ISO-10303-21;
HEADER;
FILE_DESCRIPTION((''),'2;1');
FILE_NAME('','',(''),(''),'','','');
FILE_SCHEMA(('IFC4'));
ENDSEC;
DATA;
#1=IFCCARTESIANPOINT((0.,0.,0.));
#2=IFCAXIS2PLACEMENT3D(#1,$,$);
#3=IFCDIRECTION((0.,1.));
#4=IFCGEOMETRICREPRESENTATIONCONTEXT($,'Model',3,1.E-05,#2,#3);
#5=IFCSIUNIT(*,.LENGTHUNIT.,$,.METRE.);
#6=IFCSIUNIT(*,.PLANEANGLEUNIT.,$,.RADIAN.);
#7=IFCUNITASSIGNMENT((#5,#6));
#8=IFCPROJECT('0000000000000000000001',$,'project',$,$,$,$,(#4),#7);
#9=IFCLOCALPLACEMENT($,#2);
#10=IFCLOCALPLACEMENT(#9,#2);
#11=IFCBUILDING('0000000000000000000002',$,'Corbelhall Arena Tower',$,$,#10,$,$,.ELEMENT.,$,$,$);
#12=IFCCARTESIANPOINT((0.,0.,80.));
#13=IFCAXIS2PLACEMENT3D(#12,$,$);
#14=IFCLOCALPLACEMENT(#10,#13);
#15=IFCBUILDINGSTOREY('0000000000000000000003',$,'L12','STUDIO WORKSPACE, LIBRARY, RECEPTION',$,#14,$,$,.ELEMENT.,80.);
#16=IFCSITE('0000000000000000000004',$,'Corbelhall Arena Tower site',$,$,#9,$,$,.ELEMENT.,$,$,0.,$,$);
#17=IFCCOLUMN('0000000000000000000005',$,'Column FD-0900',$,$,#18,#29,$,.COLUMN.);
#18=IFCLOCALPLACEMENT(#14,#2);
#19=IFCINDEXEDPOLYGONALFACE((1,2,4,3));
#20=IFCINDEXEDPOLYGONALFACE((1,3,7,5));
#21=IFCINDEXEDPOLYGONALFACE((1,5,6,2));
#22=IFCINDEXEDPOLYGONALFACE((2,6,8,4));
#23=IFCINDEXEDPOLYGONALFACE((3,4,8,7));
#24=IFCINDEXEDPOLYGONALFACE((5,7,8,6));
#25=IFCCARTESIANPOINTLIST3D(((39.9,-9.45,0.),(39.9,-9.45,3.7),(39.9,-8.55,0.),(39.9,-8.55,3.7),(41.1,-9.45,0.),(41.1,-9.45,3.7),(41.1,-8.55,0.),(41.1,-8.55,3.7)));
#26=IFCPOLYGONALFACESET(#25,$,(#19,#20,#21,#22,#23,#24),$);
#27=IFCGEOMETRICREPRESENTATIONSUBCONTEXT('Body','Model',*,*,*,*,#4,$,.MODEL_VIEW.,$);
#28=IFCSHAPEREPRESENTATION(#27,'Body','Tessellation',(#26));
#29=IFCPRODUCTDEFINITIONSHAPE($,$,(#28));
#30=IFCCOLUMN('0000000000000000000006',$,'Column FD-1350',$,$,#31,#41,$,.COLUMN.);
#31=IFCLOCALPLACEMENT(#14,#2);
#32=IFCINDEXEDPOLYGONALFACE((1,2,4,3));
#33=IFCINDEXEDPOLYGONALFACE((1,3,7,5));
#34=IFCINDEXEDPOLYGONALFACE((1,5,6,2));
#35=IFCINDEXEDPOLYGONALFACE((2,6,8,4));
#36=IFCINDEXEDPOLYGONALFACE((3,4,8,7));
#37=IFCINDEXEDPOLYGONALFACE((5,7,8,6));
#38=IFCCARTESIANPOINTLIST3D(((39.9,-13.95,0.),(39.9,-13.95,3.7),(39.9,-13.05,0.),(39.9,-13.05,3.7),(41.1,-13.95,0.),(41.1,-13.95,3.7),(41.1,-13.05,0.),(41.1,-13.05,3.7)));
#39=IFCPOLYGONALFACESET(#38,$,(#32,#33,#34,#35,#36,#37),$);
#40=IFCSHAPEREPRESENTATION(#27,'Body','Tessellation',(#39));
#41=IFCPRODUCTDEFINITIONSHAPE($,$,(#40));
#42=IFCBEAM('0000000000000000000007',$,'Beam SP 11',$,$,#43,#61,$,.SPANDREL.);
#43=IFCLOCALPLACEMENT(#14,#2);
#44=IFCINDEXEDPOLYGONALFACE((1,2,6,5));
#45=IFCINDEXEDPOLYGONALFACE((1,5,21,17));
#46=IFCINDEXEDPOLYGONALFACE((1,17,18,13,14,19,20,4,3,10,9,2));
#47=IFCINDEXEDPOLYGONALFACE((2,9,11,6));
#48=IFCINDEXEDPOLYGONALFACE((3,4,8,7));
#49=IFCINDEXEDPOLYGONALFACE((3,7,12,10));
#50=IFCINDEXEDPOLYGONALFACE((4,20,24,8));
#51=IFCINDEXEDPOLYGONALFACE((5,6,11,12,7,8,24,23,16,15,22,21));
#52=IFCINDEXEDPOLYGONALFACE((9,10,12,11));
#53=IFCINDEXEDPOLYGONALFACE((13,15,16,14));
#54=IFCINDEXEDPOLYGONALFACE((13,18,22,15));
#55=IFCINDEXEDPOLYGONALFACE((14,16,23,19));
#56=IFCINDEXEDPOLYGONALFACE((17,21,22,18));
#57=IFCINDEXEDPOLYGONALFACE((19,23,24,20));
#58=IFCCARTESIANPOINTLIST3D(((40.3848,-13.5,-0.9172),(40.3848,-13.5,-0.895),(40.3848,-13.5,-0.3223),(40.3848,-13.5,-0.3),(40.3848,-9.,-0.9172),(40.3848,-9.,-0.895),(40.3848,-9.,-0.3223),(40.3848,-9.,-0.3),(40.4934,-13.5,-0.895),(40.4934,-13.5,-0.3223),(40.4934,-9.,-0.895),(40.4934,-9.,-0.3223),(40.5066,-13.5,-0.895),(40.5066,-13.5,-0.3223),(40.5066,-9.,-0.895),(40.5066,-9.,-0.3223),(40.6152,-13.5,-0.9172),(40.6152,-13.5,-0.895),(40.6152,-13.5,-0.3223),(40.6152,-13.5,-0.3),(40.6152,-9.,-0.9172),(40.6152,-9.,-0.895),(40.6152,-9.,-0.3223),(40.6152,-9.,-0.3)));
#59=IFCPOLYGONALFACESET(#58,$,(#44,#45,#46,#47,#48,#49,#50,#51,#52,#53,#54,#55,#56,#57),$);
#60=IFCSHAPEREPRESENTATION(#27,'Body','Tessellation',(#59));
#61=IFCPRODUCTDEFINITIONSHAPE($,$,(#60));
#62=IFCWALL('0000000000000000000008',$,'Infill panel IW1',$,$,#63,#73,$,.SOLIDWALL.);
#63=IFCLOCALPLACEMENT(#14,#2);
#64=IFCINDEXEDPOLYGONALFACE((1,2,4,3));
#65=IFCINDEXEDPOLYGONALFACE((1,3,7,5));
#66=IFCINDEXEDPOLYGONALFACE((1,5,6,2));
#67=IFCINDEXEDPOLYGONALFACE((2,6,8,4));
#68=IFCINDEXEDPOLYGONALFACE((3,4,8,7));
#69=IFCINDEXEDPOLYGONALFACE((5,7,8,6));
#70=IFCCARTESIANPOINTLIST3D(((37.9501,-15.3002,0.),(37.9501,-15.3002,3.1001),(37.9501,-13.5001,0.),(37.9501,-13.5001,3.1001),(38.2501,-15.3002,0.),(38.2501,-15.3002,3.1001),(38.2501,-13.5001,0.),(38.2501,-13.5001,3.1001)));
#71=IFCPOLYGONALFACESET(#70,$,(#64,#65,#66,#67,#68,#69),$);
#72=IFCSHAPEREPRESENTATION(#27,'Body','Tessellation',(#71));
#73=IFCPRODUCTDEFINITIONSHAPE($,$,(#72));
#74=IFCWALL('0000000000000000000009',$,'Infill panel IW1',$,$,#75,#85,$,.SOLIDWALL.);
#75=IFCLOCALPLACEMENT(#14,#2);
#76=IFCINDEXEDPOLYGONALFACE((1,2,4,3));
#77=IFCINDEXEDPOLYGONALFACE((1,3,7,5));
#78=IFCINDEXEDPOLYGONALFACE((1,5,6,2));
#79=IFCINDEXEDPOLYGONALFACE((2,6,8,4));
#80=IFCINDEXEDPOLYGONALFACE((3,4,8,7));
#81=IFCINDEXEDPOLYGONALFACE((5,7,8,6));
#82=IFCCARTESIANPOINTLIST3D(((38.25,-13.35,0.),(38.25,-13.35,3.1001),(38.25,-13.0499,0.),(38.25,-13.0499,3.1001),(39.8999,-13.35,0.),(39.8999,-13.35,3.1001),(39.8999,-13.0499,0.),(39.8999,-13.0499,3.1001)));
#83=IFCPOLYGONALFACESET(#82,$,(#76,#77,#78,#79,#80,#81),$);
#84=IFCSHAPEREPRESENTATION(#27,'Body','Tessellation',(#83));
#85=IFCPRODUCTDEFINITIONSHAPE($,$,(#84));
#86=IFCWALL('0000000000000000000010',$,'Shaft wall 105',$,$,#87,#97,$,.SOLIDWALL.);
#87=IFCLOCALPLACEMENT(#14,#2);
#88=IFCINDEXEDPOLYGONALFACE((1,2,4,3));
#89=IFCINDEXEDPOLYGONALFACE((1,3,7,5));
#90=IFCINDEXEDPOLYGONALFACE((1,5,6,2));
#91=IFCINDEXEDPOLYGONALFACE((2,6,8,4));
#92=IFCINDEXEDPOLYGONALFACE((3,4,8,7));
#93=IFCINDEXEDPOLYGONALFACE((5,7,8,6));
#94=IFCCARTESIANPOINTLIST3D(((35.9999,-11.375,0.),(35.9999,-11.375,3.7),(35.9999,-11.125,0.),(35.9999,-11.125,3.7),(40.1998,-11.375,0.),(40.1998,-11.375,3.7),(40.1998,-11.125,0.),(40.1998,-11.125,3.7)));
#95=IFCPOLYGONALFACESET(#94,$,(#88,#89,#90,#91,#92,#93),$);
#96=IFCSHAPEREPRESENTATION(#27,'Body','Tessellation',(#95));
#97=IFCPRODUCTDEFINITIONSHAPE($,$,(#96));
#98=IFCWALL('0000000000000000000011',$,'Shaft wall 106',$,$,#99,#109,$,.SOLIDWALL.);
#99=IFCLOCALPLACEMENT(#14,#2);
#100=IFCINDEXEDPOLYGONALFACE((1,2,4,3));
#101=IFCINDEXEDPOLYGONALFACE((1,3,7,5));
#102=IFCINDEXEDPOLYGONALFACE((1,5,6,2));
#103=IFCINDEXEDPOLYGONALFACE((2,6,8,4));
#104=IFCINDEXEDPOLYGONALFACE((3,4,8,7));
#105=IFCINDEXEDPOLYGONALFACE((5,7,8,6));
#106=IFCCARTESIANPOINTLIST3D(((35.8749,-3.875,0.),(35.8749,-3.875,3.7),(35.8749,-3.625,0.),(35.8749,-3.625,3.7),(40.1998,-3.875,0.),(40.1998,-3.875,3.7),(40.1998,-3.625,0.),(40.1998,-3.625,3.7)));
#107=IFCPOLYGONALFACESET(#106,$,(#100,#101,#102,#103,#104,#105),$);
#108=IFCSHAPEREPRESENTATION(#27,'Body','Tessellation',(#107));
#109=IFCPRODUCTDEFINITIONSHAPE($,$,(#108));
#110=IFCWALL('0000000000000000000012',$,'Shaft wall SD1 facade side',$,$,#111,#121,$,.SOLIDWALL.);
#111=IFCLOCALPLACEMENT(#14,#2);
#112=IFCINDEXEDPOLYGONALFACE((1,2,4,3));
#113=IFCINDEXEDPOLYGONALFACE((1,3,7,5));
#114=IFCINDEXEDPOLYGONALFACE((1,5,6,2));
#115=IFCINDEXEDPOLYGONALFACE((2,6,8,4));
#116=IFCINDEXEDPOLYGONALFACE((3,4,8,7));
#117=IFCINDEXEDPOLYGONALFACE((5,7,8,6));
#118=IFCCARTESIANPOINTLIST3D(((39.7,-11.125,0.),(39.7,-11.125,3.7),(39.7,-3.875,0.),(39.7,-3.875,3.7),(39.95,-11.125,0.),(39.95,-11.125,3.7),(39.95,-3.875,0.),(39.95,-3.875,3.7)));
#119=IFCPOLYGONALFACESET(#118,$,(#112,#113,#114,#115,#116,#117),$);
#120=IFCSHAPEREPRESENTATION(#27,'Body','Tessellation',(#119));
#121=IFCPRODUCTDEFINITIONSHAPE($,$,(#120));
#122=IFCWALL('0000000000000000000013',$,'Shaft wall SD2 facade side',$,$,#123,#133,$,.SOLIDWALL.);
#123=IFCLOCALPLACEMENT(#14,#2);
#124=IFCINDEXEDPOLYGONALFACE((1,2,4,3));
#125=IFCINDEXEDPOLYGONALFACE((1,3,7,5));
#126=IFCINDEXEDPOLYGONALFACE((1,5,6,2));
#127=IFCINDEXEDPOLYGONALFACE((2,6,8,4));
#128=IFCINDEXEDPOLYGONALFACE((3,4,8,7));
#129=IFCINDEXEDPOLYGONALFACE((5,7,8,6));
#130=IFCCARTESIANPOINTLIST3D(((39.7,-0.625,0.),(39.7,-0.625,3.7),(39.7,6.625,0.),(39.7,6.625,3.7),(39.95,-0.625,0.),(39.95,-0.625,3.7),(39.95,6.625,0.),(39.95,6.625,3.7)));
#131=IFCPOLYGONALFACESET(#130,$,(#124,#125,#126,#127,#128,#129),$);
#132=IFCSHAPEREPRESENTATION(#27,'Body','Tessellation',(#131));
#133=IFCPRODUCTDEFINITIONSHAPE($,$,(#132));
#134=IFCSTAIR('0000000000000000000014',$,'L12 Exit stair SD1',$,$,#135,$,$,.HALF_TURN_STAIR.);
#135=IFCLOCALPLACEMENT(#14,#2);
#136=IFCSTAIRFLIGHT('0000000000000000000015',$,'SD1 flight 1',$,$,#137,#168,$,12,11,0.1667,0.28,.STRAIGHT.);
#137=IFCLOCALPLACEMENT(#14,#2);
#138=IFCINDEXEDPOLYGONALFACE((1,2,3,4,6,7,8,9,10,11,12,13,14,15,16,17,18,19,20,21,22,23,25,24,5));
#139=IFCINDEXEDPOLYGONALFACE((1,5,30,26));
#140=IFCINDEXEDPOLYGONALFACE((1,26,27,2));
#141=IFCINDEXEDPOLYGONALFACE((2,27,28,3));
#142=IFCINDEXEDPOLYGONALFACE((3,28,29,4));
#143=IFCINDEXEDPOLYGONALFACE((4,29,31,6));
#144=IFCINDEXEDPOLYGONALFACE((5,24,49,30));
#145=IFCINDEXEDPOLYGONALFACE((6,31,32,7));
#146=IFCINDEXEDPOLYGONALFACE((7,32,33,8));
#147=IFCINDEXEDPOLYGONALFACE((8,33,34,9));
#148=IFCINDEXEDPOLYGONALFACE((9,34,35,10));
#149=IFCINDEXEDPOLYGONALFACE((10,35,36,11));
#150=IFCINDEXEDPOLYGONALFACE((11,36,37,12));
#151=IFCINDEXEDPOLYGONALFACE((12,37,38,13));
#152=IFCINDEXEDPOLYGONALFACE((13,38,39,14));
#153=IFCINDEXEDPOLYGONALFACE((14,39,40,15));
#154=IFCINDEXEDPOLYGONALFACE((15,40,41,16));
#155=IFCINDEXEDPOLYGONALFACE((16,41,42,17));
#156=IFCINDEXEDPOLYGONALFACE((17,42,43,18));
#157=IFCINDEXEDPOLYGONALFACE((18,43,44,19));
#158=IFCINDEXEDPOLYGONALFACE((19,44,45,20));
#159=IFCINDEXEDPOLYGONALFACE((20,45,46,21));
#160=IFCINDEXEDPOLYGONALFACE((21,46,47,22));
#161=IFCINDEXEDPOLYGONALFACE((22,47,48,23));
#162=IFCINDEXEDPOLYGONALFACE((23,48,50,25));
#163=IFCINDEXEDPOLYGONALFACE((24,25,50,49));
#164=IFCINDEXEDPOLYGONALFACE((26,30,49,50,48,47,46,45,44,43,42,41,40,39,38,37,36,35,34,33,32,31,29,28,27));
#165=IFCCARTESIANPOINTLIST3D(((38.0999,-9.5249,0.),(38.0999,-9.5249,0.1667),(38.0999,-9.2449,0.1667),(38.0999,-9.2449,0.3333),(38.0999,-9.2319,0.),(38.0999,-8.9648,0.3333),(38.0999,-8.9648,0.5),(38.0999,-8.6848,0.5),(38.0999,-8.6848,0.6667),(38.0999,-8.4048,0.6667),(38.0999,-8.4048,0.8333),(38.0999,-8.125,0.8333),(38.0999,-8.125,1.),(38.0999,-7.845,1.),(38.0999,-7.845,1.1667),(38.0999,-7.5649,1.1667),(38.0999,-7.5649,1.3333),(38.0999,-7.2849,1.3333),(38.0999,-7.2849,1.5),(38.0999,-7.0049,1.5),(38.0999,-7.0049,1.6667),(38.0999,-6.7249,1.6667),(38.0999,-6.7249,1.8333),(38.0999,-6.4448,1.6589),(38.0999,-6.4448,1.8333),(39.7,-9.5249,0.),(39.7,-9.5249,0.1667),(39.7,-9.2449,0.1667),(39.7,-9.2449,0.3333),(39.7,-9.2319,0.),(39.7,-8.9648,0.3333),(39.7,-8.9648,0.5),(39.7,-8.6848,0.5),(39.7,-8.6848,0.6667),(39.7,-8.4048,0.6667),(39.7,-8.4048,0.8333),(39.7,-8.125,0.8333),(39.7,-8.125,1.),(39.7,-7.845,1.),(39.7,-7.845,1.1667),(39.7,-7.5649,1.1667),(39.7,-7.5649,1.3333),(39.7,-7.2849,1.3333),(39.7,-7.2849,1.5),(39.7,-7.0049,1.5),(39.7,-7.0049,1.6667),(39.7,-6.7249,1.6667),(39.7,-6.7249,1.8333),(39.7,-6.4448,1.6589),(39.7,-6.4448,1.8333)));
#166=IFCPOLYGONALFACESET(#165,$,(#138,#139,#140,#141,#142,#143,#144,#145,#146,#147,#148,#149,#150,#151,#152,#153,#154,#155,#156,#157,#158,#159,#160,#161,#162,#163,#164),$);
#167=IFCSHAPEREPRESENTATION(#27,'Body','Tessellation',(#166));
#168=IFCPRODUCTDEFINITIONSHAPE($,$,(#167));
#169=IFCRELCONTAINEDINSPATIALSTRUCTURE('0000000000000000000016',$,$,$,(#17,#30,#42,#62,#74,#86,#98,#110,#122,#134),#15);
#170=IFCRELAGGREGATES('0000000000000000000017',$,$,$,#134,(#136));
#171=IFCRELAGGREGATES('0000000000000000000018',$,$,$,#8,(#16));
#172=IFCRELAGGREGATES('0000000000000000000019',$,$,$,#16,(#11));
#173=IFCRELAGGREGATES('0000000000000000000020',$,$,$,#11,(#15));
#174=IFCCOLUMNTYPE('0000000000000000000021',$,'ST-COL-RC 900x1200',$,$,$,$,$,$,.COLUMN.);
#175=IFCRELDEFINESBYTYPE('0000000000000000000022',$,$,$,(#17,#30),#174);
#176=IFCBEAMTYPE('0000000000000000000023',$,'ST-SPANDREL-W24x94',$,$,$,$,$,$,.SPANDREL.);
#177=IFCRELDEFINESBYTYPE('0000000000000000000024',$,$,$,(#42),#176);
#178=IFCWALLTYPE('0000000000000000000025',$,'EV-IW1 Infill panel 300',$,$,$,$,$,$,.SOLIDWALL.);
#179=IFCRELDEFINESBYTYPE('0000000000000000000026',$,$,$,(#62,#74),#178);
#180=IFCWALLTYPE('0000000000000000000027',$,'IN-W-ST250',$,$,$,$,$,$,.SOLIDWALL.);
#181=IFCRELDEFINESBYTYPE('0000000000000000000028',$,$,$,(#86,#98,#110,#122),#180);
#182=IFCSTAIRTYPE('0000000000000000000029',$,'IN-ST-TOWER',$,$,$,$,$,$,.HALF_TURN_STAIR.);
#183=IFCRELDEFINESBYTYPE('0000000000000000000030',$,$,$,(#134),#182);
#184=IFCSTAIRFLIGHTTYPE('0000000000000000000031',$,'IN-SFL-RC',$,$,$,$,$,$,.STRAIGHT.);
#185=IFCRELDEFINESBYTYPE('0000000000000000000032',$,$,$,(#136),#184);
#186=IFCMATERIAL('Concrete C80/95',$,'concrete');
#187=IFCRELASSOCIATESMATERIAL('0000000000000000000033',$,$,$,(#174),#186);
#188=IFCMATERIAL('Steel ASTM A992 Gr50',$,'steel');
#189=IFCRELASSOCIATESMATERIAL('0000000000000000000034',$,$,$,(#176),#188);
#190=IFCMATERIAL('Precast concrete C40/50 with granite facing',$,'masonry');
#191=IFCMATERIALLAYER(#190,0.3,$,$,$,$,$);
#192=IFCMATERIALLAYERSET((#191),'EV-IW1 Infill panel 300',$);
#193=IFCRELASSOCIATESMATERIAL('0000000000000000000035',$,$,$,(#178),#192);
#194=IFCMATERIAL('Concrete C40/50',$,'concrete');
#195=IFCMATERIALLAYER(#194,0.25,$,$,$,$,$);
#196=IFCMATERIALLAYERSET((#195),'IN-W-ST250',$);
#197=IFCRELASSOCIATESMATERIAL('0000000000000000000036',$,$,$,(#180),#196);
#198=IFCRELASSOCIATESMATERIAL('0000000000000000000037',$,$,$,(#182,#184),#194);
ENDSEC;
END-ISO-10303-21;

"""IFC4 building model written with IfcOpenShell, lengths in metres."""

from ifc_helpers import new_model, si_unit, direction, frame, frame_2d, origin, origin_2d, place, context, subcontext, project, spatial, polyline, rectangle, i_section, outline, extrude, material, layer, layer_set, material_profile, profile_set, type_object, element, aggregate, save


model = new_model("IFC4")

# Units and contexts
model_context = context("Model", 3, precision=1e-05, world=origin(), true_north=direction((0.0, 1.0)))
body_context = subcontext(model_context, "Body", "Model", "MODEL_VIEW")
ifc_project = project(units=[si_unit("LENGTHUNIT", "METRE"), si_unit("PLANEANGLEUNIT", "RADIAN")], contexts=[model_context])

# Site, building, storey
site_placement = place(None, origin())
site = spatial("IfcSite", under=ifc_project, at=site_placement, Name="Corbelhall Arena Tower site", CompositionType="ELEMENT", RefElevation=0.0)
building_placement = place(site_placement, origin())
building = spatial("IfcBuilding", under=site, at=building_placement, Name="Corbelhall Arena Tower", CompositionType="ELEMENT")
storey_placement = place(building_placement, frame((0.0, 0.0, 80.0)))
storey = spatial("IfcBuildingStorey", under=building, at=storey_placement, Name="L12", Description="STUDIO WORKSPACE, LIBRARY, RECEPTION", CompositionType="ELEMENT", Elevation=80.0)

# Columns
ifc_material_1 = material(Name="Concrete C80/95", Category="concrete")
ifc_material_profile_1 = material_profile(ifc_material_1, rectangle(XDim=0.8999, YDim=1.2, at=origin_2d()))
ifc_profile_set_1 = profile_set([ifc_material_profile_1], Name="Concrete C80/95")
column_type = type_object("IfcColumnType", Name="ST-COL-RC 900x1200", PredefinedType="COLUMN", material=ifc_profile_set_1)
for number, where, z_axis, x_axis, name in (
    (1, (40.5, -9.0, 0.0), (0.0, 0.0, 1.0), (0.0, 1.0, 0.0), "Column FD-0900"),
    (2, (40.5, -13.5, 0.0), (0.0, 0.0, 1.0), (0.0, 1.0, 0.0), "Column FD-1350"),
):
    element("IfcColumn", number, at=place(storey_placement, frame(where, z_axis=z_axis, x_axis=x_axis)), inside=storey, type_object=column_type, Name=name, PredefinedType="COLUMN", context=body_context, shape_type="SweptSolid", body=[
        extrude(rectangle(XDim=0.8999, YDim=1.2, at=origin_2d()), origin(), (0.0, 0.0, 1.0), 3.7),
    ])

# Beam
ifc_material_2 = material(Name="Steel ASTM A992 Gr50", Category="steel")
ifc_material_profile_2 = material_profile(ifc_material_2, i_section(OverallWidth=0.2305, OverallDepth=0.6172, WebThickness=0.0132, FlangeThickness=0.0222, at=origin_2d()))
ifc_profile_set_2 = profile_set([ifc_material_profile_2], Name="Steel ASTM A992 Gr50")
beam_type = type_object("IfcBeamType", Name="ST-SPANDREL-W24x94", PredefinedType="SPANDREL", material=ifc_profile_set_2)
beam_placement = place(storey_placement, frame((40.5, -9.0, -0.6086), z_axis=(0.0, -1.0, 0.0), x_axis=(1.0, 0.0, 0.0)))
element("IfcBeam", 3, at=beam_placement, inside=storey, type_object=beam_type, Name="Beam SP 11", PredefinedType="SPANDREL", context=body_context, shape_type="SweptSolid", body=[
    extrude(i_section(OverallWidth=0.2305, OverallDepth=0.6172, WebThickness=0.0132, FlangeThickness=0.0222, at=origin_2d()), origin(), (0.0, 0.0, 1.0), 4.5),
])

# Walls
ifc_material_3 = material(Name="Precast concrete C40/50 with granite facing", Category="masonry")
ifc_layer_1 = layer(ifc_material_3, 0.3)
ifc_layer_set_1 = layer_set([ifc_layer_1], Name="EV-IW1 Infill panel 300")
wall_type_1 = type_object("IfcWallType", Name="EV-IW1 Infill panel 300", PredefinedType="SOLIDWALL", material=ifc_layer_set_1)
wall_1_placement = place(storey_placement, frame((38.1001, -15.3, 0.0), z_axis=(0.0, 0.0, 1.0), x_axis=(0.0, 1.0, 0.0)))
element("IfcWall", 4, at=wall_1_placement, inside=storey, type_object=wall_type_1, Name="Infill panel IW1", PredefinedType="SOLIDWALL", context=body_context, shape_type="SweptSolid", body=[
    extrude(rectangle(XDim=1.8, YDim=0.3, at=frame_2d((0.8999, 0.0))), origin(), (0.0, 0.0, 1.0), 3.1001),
])
wall_2_placement = place(storey_placement, frame((39.8999, -13.2, 0.0), z_axis=(0.0, 0.0, 1.0), x_axis=(-1.0, 0.0, 0.0)))
element("IfcWall", 5, at=wall_2_placement, inside=storey, type_object=wall_type_1, Name="Infill panel IW1", PredefinedType="SOLIDWALL", context=body_context, shape_type="SweptSolid", body=[
    extrude(rectangle(XDim=1.6499, YDim=0.3, at=frame_2d((0.825, 0.0))), origin(), (0.0, 0.0, 1.0), 3.1001),
])

# Walls
ifc_material_4 = material(Name="Concrete C40/50", Category="concrete")
ifc_layer_2 = layer(ifc_material_4, 0.25)
ifc_layer_set_2 = layer_set([ifc_layer_2], Name="IN-W-ST250")
wall_type_2 = type_object("IfcWallType", Name="IN-W-ST250", PredefinedType="SOLIDWALL", material=ifc_layer_set_2)
wall_3_placement = place(storey_placement, frame((40.2, -11.25, 0.0), z_axis=(0.0, 0.0, 1.0), x_axis=(-1.0, 0.0, 0.0)))
element("IfcWall", 6, at=wall_3_placement, inside=storey, type_object=wall_type_2, Name="Shaft wall 105", PredefinedType="SOLIDWALL", context=body_context, shape_type="SweptSolid", body=[
    extrude(rectangle(XDim=4.2, YDim=0.25, at=frame_2d((2.1001, 0.0))), origin(), (0.0, 0.0, 1.0), 3.7),
])
wall_4_placement = place(storey_placement, frame((40.2, -3.75, 0.0), z_axis=(0.0, 0.0, 1.0), x_axis=(-1.0, 0.0, 0.0)))
element("IfcWall", 7, at=wall_4_placement, inside=storey, type_object=wall_type_2, Name="Shaft wall 106", PredefinedType="SOLIDWALL", context=body_context, shape_type="SweptSolid", body=[
    extrude(rectangle(XDim=4.325, YDim=0.25, at=frame_2d((2.1626, 0.0))), origin(), (0.0, 0.0, 1.0), 3.7),
])
for number, where, z_axis, x_axis, name in (
    (8, (39.825, -11.125, 0.0), (0.0, 0.0, 1.0), (0.0, 1.0, 0.0), "Shaft wall SD1 facade side"),
    (9, (39.825, -0.625, 0.0), (0.0, 0.0, 1.0), (0.0, 1.0, 0.0), "Shaft wall SD2 facade side"),
):
    element("IfcWall", number, at=place(storey_placement, frame(where, z_axis=z_axis, x_axis=x_axis)), inside=storey, type_object=wall_type_2, Name=name, PredefinedType="SOLIDWALL", context=body_context, shape_type="SweptSolid", body=[
        extrude(rectangle(XDim=7.25, YDim=0.25, at=frame_2d((3.625, 0.0))), origin(), (0.0, 0.0, 1.0), 3.7),
    ])

# Stair, stair flight
stair_type = type_object("IfcStairType", Name="IN-ST-TOWER", PredefinedType="HALF_TURN_STAIR", material=ifc_material_4)
stair_placement = place(storey_placement, origin())
stair = element("IfcStair", 10, at=stair_placement, inside=storey, type_object=stair_type, Name="L12 Exit stair SD1", PredefinedType="HALF_TURN_STAIR")
stair_flight_type = type_object("IfcStairFlightType", Name="IN-SFL-RC", PredefinedType="STRAIGHT", material=ifc_material_4)
stair_flight_placement = place(storey_placement, frame((38.8999, -9.5249, 0.0), z_axis=(0.0, 0.0, 1.0), x_axis=(0.0, 1.0, 0.0)))
stair_flight = element("IfcStairFlight", 11, at=stair_flight_placement, type_object=stair_flight_type, Name="SD1 flight 1", NumberOfRisers=12, NumberOfTreads=11, PredefinedType="STRAIGHT", RiserHeight=0.1667, TreadLength=0.28, context=body_context, shape_type="SweptSolid", body=[
    extrude(outline(polyline([(0.0, 0.0), (0.0, 0.1667), (0.28, 0.1667), (0.28, 0.3333), (0.5601, 0.3333), (0.5601, 0.5), (0.8401, 0.5), (0.8401, 0.6667), (1.1201, 0.6667), (1.1201, 0.8333), (1.3999, 0.8333), (1.3999, 1.0), (1.6799, 1.0), (1.6799, 1.1667), (1.96, 1.1667), (1.96, 1.3333), (2.24, 1.3333), (2.24, 1.5), (2.52, 1.5), (2.52, 1.6667), (2.8, 1.6667), (2.8, 1.8333), (3.0801, 1.8333), (3.0801, 2.0), (3.0801, 1.6589), (0.293, 0.0), (0.0, 0.0)])), frame((0.0, 0.8, 0.0), z_axis=(0.0, -1.0, 0.0), x_axis=(1.0, 0.0, 0.0)), (0.0, 0.0, 1.0), 1.6001),
])
aggregate(stair, [stair_flight])

save(model, "model.ifc")
